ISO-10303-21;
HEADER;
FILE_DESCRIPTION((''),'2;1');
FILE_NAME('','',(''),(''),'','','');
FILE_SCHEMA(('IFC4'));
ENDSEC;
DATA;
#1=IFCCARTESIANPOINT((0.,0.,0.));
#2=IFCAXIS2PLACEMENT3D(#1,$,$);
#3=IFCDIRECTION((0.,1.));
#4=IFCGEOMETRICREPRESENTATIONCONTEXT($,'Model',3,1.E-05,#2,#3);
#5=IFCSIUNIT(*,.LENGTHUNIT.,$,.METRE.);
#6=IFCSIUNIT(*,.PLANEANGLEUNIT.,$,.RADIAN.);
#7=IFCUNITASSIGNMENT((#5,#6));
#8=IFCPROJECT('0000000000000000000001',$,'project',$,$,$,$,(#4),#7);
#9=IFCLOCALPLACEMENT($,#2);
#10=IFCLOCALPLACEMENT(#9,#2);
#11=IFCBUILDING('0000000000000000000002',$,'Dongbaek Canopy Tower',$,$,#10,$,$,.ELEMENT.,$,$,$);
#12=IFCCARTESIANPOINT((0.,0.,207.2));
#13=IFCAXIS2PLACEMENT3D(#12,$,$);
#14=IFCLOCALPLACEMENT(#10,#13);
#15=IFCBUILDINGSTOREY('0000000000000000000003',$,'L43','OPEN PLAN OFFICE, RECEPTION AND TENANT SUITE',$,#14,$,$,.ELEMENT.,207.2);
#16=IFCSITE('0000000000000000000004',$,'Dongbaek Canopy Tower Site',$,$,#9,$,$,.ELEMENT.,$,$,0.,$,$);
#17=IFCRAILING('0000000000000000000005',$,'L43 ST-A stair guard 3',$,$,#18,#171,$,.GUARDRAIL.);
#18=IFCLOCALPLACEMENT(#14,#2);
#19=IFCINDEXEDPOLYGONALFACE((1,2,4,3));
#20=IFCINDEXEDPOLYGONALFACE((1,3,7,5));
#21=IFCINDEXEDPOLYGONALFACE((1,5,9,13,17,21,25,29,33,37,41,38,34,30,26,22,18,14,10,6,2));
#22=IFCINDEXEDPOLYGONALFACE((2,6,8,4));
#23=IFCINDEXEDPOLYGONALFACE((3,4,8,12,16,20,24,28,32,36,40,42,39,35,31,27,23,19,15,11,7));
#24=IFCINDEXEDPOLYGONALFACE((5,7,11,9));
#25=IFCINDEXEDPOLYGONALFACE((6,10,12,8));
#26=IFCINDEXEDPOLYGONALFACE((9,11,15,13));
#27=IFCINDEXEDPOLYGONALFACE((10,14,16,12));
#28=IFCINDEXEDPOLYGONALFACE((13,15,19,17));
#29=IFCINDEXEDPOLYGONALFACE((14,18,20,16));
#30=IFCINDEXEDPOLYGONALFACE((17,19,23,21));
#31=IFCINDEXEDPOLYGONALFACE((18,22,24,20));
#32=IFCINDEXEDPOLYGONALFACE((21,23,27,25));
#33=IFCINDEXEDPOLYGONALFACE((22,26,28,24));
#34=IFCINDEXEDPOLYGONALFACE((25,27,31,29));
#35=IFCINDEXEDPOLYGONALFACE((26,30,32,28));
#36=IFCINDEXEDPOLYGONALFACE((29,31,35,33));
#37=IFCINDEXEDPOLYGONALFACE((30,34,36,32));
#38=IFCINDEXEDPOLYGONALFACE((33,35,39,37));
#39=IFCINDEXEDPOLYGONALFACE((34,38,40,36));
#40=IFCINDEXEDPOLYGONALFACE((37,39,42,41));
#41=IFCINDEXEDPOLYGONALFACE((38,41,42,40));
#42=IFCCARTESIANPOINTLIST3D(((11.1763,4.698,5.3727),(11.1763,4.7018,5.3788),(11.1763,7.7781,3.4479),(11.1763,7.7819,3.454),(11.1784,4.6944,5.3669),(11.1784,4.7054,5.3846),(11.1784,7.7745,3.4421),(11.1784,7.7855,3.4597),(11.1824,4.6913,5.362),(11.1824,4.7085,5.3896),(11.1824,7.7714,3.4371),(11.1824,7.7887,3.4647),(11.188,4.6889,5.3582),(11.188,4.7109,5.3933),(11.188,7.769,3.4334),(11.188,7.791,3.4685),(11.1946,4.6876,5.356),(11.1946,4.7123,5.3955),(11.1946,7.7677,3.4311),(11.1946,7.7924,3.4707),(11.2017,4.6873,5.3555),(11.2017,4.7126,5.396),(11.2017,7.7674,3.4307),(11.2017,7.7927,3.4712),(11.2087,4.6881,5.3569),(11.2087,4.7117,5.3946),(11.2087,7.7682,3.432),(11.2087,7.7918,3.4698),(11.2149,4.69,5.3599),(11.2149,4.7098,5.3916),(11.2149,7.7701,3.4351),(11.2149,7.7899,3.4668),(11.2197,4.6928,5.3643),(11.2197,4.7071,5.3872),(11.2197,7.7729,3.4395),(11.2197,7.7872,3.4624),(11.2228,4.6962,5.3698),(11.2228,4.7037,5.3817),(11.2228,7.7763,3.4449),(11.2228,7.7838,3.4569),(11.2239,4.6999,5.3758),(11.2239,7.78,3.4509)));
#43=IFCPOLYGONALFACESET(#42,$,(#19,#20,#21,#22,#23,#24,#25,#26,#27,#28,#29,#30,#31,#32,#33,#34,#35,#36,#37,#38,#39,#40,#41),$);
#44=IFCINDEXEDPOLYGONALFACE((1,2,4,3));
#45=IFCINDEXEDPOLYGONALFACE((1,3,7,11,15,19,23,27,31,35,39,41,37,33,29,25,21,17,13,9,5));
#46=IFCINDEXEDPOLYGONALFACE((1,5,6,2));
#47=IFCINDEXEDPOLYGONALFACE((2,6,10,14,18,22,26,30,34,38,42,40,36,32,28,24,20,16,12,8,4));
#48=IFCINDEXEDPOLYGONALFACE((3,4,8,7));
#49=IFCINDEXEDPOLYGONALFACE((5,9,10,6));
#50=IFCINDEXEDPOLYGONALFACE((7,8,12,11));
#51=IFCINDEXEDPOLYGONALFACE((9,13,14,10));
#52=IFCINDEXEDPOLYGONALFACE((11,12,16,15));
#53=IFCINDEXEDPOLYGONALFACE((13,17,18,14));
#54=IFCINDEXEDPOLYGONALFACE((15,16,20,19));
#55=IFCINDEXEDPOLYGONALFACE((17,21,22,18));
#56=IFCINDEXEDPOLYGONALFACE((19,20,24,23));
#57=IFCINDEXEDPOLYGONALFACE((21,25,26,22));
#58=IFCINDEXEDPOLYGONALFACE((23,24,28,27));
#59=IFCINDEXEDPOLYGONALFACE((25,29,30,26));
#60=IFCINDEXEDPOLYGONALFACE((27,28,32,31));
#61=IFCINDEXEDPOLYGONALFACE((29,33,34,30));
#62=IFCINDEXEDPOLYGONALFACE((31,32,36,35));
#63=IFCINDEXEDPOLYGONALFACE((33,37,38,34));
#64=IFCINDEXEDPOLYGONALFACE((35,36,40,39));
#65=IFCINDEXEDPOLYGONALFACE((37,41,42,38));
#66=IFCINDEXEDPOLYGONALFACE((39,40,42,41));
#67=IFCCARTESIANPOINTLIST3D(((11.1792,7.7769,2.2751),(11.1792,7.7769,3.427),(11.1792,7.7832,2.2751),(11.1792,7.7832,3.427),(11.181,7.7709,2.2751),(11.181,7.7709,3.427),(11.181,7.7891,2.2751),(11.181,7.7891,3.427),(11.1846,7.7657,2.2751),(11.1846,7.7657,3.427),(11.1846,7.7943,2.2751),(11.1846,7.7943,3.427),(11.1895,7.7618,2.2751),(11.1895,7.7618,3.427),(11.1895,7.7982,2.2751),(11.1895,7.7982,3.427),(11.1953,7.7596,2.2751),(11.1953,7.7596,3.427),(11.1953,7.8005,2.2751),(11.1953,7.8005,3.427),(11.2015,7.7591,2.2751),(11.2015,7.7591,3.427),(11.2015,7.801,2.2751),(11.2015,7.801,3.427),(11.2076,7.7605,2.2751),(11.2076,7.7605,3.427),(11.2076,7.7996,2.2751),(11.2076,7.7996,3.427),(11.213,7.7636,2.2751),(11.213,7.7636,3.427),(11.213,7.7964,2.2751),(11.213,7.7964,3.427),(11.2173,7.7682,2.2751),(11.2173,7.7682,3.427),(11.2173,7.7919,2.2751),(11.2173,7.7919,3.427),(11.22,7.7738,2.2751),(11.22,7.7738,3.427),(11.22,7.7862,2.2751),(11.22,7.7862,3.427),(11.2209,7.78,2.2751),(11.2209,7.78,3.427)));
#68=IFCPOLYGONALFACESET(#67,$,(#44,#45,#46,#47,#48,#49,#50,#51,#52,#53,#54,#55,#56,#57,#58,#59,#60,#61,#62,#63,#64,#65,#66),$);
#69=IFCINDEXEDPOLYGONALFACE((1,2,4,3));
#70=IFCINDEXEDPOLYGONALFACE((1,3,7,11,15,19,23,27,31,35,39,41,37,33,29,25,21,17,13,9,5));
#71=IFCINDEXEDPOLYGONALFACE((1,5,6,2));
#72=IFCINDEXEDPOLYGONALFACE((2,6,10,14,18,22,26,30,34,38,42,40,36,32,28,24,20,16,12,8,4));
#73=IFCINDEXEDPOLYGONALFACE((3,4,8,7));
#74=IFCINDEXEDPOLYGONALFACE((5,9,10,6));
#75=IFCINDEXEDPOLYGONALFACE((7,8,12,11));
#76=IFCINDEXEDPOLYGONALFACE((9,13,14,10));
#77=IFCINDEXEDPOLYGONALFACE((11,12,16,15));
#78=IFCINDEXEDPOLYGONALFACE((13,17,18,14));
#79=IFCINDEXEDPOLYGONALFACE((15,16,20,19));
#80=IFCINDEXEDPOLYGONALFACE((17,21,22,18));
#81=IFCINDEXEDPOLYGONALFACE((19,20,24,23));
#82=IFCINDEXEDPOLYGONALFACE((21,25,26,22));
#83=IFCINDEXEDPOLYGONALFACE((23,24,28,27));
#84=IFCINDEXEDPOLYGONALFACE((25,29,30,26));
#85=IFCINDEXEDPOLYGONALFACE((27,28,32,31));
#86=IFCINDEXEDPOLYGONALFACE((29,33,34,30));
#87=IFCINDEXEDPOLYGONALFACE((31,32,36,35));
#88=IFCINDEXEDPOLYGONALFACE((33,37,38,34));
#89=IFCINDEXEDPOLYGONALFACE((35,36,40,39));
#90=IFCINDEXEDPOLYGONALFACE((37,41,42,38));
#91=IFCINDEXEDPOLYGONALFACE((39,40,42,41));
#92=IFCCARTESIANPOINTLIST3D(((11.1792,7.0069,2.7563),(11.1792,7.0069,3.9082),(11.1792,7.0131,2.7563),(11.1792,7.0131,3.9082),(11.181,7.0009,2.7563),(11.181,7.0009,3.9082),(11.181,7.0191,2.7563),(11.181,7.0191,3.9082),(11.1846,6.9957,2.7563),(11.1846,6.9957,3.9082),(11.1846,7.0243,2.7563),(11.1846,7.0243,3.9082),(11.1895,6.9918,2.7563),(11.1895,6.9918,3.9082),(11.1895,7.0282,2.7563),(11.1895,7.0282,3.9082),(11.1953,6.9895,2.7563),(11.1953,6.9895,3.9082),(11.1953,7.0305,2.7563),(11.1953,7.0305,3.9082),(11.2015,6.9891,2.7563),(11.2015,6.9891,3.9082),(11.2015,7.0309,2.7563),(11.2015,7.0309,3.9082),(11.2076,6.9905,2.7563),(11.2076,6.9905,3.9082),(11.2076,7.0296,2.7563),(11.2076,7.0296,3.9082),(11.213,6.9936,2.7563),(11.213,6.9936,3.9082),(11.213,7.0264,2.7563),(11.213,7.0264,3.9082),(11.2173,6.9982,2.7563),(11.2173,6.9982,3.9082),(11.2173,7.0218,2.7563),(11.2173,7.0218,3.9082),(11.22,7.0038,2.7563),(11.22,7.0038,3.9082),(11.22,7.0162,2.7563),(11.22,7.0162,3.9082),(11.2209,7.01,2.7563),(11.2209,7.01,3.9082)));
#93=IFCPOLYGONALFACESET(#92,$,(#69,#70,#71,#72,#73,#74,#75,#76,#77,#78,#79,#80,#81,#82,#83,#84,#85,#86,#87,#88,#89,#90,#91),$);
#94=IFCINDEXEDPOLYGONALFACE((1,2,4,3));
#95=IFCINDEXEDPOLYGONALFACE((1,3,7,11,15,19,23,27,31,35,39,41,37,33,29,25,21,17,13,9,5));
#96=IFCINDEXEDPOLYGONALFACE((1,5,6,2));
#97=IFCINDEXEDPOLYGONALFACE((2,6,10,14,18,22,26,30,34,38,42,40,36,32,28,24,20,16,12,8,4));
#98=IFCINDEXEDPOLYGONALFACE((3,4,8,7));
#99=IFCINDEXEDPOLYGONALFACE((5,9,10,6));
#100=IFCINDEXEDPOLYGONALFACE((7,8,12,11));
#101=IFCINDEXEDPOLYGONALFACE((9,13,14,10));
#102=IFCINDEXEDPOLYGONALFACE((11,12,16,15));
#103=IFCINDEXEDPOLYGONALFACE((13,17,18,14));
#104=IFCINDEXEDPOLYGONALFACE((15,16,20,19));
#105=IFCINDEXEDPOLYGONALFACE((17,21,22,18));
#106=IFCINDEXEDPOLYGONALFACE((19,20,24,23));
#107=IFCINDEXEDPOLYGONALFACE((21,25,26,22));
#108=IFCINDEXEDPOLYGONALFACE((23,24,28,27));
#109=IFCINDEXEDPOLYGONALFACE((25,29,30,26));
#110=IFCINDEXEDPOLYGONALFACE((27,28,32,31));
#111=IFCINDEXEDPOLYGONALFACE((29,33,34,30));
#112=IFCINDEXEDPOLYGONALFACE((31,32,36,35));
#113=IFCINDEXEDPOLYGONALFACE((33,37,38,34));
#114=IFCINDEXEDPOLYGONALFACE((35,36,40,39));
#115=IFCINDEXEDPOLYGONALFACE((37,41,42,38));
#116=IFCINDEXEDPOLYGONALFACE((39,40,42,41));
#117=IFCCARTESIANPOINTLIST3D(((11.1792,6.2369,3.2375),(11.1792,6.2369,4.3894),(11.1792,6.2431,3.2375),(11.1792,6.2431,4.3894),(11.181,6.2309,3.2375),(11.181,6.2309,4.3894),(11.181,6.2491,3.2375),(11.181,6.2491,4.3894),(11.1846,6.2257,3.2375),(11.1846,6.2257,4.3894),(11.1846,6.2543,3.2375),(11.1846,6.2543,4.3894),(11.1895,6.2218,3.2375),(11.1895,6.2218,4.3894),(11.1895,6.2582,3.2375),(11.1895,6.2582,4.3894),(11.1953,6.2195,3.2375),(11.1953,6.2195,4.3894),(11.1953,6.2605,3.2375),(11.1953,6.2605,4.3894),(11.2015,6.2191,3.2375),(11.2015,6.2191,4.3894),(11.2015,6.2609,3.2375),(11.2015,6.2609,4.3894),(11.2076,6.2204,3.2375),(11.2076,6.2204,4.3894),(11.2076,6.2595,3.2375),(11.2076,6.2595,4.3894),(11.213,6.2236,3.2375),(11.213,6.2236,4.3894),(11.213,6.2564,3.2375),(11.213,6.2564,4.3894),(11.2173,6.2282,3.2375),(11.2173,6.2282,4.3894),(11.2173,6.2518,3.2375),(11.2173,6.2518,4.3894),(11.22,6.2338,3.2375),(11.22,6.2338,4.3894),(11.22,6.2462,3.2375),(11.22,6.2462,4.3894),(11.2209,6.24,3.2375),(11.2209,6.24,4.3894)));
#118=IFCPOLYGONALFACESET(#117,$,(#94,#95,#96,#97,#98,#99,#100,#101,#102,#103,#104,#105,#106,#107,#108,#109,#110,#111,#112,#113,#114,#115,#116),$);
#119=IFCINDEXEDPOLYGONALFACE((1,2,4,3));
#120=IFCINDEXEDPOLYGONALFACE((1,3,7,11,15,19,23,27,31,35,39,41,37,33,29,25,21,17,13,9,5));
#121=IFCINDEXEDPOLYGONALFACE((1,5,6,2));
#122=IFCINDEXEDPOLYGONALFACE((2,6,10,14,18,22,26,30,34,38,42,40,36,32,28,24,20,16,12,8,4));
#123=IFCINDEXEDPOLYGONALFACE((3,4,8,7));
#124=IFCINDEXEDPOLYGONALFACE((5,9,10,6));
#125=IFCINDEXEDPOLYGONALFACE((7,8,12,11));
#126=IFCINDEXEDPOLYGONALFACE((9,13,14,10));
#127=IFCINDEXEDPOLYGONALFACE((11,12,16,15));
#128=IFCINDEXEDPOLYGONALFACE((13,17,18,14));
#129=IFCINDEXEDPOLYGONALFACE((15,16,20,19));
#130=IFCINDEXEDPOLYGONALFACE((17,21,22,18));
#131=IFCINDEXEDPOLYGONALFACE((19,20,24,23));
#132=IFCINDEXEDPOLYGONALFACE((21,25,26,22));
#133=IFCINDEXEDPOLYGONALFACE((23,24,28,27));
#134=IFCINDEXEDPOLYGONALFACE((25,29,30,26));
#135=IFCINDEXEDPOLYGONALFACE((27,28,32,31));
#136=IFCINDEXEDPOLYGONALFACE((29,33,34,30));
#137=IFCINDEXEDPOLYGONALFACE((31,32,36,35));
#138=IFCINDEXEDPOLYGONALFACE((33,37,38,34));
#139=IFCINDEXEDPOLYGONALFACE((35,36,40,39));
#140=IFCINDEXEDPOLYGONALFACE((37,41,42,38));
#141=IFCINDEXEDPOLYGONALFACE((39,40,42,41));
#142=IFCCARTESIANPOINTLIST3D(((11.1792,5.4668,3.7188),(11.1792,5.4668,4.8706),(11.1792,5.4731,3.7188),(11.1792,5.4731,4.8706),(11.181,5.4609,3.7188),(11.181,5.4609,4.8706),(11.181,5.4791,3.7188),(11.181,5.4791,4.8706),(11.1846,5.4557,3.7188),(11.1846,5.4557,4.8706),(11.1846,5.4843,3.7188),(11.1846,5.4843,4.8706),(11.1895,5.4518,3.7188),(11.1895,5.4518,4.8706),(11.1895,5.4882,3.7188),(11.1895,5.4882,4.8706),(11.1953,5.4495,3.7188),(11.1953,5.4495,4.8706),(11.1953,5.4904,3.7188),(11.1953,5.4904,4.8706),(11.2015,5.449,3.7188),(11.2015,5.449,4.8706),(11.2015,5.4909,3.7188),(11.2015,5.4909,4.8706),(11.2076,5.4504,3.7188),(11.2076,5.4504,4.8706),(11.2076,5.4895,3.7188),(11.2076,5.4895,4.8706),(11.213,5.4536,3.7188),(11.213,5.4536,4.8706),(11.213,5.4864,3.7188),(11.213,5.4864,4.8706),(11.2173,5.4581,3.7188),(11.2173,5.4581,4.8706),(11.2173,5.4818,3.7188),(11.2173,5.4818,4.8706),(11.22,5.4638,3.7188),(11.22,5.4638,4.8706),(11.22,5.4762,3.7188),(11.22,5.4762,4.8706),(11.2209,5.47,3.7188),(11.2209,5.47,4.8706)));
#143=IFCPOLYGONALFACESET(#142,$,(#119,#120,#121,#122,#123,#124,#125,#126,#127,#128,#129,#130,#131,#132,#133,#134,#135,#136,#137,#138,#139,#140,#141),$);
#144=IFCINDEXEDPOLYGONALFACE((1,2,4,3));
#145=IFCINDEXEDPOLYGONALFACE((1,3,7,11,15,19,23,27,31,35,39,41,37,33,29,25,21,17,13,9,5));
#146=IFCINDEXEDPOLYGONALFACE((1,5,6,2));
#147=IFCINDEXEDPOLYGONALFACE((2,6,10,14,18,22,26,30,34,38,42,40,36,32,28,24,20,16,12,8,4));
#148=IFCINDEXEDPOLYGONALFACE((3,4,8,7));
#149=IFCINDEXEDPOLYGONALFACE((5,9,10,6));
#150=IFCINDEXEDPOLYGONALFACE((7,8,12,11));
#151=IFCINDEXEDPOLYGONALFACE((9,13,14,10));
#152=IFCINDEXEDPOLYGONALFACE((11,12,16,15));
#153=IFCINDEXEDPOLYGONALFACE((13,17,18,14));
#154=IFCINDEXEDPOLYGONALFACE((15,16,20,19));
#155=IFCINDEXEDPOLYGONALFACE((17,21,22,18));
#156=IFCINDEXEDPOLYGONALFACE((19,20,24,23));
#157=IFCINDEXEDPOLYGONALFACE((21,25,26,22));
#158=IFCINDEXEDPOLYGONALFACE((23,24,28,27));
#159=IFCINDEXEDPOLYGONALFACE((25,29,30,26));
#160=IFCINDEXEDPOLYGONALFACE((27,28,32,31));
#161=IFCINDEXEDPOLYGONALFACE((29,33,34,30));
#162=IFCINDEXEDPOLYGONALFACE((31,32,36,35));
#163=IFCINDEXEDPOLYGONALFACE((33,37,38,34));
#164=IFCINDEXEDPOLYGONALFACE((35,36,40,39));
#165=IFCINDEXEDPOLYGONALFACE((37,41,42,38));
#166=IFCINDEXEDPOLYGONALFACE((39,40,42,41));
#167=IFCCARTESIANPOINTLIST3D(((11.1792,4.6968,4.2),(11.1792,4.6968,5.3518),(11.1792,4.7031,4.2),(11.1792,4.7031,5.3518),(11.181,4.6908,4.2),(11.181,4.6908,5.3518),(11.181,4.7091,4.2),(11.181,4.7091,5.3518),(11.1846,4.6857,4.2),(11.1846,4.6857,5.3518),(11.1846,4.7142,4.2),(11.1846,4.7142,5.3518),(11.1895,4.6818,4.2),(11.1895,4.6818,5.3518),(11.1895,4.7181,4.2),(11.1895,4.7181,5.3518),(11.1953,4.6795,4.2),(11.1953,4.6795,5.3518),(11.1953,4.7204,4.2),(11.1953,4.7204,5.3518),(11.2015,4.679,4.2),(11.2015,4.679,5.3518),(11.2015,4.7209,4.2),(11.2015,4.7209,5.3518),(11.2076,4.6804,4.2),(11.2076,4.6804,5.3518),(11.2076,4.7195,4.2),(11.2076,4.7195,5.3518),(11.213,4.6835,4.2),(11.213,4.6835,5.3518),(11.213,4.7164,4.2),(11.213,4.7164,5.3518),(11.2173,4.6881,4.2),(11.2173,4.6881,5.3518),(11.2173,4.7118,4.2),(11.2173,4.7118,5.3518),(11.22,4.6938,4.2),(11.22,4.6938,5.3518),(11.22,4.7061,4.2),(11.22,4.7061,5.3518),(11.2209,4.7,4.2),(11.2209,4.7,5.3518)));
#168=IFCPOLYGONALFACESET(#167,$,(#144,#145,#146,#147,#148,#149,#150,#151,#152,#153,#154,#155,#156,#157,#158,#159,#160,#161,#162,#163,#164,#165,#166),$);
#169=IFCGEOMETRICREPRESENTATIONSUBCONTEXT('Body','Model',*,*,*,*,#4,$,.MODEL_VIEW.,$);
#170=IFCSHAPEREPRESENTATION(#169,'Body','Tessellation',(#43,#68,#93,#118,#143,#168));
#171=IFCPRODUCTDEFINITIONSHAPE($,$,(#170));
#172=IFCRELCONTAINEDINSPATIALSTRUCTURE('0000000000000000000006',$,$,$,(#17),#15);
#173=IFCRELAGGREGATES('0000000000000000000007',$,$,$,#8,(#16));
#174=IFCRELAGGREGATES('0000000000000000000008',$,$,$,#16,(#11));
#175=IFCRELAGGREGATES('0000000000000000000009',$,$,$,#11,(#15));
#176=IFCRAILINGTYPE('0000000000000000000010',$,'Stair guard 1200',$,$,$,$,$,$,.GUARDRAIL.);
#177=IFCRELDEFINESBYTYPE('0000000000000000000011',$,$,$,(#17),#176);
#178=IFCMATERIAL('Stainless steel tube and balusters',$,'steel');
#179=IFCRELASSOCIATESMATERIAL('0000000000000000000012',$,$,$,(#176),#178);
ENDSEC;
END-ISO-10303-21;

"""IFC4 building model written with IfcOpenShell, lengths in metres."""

from ifc_helpers import new_model, si_unit, direction, frame, origin, origin_2d, place, context, subcontext, project, spatial, circle, extrude, material, type_object, element, save


model = new_model("IFC4")

# Units and contexts
model_context = context("Model", 3, precision=1e-05, world=origin(), true_north=direction((0.0, 1.0)))
body_context = subcontext(model_context, "Body", "Model", "MODEL_VIEW")
ifc_project = project(units=[si_unit("LENGTHUNIT", "METRE"), si_unit("PLANEANGLEUNIT", "RADIAN")], contexts=[model_context])

# Site, building, storey
site_placement = place(None, origin())
site = spatial("IfcSite", under=ifc_project, at=site_placement, Name="Dongbaek Canopy Tower Site", CompositionType="ELEMENT", RefElevation=0.0)
building_placement = place(site_placement, origin())
building = spatial("IfcBuilding", under=site, at=building_placement, Name="Dongbaek Canopy Tower", CompositionType="ELEMENT")
storey_placement = place(building_placement, frame((0.0, 0.0, 207.2)))
storey = spatial("IfcBuildingStorey", under=building, at=storey_placement, Name="L43", Description="OPEN PLAN OFFICE, RECEPTION AND TENANT SUITE", CompositionType="ELEMENT", Elevation=207.2)

# Railing
ifc_material_1 = material(Name="Stainless steel tube and balusters", Category="steel")
railing_type = type_object("IfcRailingType", Name="Stair guard 1200", PredefinedType="GUARDRAIL", material=ifc_material_1)
railing_1_placement = place(storey_placement, frame((11.2, 7.78, 2.2751)))
element("IfcRailing", 1, at=railing_1_placement, inside=storey, type_object=railing_type, Name="L43 ST-A stair guard 3", PredefinedType="GUARDRAIL", context=body_context, shape_type="SweptSolid", body=[
    extrude(circle(Radius=0.0239, at=origin_2d()), frame((0.0, 0.0, 1.1758), z_axis=(0.0, -0.848029, 0.529951), x_axis=(1.0, 0.0, 0.0)), (0.0, 0.0, 1.0), 3.6321),
    extrude(circle(Radius=0.021, at=origin_2d()), origin(), (0.0, 0.0, 1.0), 1.1519),
    extrude(circle(Radius=0.021, at=origin_2d()), frame((0.0, -0.77, 0.4812)), (0.0, 0.0, 1.0), 1.1519),
    extrude(circle(Radius=0.021, at=origin_2d()), frame((0.0, -1.54, 0.9624)), (0.0, 0.0, 1.0), 1.1519),
    extrude(circle(Radius=0.021, at=origin_2d()), frame((0.0, -2.3101, 1.4436)), (0.0, 0.0, 1.0), 1.1519),
    extrude(circle(Radius=0.021, at=origin_2d()), frame((0.0, -3.0801, 1.9248)), (0.0, 0.0, 1.0), 1.1519),
])

save(model, "model.ifc")
